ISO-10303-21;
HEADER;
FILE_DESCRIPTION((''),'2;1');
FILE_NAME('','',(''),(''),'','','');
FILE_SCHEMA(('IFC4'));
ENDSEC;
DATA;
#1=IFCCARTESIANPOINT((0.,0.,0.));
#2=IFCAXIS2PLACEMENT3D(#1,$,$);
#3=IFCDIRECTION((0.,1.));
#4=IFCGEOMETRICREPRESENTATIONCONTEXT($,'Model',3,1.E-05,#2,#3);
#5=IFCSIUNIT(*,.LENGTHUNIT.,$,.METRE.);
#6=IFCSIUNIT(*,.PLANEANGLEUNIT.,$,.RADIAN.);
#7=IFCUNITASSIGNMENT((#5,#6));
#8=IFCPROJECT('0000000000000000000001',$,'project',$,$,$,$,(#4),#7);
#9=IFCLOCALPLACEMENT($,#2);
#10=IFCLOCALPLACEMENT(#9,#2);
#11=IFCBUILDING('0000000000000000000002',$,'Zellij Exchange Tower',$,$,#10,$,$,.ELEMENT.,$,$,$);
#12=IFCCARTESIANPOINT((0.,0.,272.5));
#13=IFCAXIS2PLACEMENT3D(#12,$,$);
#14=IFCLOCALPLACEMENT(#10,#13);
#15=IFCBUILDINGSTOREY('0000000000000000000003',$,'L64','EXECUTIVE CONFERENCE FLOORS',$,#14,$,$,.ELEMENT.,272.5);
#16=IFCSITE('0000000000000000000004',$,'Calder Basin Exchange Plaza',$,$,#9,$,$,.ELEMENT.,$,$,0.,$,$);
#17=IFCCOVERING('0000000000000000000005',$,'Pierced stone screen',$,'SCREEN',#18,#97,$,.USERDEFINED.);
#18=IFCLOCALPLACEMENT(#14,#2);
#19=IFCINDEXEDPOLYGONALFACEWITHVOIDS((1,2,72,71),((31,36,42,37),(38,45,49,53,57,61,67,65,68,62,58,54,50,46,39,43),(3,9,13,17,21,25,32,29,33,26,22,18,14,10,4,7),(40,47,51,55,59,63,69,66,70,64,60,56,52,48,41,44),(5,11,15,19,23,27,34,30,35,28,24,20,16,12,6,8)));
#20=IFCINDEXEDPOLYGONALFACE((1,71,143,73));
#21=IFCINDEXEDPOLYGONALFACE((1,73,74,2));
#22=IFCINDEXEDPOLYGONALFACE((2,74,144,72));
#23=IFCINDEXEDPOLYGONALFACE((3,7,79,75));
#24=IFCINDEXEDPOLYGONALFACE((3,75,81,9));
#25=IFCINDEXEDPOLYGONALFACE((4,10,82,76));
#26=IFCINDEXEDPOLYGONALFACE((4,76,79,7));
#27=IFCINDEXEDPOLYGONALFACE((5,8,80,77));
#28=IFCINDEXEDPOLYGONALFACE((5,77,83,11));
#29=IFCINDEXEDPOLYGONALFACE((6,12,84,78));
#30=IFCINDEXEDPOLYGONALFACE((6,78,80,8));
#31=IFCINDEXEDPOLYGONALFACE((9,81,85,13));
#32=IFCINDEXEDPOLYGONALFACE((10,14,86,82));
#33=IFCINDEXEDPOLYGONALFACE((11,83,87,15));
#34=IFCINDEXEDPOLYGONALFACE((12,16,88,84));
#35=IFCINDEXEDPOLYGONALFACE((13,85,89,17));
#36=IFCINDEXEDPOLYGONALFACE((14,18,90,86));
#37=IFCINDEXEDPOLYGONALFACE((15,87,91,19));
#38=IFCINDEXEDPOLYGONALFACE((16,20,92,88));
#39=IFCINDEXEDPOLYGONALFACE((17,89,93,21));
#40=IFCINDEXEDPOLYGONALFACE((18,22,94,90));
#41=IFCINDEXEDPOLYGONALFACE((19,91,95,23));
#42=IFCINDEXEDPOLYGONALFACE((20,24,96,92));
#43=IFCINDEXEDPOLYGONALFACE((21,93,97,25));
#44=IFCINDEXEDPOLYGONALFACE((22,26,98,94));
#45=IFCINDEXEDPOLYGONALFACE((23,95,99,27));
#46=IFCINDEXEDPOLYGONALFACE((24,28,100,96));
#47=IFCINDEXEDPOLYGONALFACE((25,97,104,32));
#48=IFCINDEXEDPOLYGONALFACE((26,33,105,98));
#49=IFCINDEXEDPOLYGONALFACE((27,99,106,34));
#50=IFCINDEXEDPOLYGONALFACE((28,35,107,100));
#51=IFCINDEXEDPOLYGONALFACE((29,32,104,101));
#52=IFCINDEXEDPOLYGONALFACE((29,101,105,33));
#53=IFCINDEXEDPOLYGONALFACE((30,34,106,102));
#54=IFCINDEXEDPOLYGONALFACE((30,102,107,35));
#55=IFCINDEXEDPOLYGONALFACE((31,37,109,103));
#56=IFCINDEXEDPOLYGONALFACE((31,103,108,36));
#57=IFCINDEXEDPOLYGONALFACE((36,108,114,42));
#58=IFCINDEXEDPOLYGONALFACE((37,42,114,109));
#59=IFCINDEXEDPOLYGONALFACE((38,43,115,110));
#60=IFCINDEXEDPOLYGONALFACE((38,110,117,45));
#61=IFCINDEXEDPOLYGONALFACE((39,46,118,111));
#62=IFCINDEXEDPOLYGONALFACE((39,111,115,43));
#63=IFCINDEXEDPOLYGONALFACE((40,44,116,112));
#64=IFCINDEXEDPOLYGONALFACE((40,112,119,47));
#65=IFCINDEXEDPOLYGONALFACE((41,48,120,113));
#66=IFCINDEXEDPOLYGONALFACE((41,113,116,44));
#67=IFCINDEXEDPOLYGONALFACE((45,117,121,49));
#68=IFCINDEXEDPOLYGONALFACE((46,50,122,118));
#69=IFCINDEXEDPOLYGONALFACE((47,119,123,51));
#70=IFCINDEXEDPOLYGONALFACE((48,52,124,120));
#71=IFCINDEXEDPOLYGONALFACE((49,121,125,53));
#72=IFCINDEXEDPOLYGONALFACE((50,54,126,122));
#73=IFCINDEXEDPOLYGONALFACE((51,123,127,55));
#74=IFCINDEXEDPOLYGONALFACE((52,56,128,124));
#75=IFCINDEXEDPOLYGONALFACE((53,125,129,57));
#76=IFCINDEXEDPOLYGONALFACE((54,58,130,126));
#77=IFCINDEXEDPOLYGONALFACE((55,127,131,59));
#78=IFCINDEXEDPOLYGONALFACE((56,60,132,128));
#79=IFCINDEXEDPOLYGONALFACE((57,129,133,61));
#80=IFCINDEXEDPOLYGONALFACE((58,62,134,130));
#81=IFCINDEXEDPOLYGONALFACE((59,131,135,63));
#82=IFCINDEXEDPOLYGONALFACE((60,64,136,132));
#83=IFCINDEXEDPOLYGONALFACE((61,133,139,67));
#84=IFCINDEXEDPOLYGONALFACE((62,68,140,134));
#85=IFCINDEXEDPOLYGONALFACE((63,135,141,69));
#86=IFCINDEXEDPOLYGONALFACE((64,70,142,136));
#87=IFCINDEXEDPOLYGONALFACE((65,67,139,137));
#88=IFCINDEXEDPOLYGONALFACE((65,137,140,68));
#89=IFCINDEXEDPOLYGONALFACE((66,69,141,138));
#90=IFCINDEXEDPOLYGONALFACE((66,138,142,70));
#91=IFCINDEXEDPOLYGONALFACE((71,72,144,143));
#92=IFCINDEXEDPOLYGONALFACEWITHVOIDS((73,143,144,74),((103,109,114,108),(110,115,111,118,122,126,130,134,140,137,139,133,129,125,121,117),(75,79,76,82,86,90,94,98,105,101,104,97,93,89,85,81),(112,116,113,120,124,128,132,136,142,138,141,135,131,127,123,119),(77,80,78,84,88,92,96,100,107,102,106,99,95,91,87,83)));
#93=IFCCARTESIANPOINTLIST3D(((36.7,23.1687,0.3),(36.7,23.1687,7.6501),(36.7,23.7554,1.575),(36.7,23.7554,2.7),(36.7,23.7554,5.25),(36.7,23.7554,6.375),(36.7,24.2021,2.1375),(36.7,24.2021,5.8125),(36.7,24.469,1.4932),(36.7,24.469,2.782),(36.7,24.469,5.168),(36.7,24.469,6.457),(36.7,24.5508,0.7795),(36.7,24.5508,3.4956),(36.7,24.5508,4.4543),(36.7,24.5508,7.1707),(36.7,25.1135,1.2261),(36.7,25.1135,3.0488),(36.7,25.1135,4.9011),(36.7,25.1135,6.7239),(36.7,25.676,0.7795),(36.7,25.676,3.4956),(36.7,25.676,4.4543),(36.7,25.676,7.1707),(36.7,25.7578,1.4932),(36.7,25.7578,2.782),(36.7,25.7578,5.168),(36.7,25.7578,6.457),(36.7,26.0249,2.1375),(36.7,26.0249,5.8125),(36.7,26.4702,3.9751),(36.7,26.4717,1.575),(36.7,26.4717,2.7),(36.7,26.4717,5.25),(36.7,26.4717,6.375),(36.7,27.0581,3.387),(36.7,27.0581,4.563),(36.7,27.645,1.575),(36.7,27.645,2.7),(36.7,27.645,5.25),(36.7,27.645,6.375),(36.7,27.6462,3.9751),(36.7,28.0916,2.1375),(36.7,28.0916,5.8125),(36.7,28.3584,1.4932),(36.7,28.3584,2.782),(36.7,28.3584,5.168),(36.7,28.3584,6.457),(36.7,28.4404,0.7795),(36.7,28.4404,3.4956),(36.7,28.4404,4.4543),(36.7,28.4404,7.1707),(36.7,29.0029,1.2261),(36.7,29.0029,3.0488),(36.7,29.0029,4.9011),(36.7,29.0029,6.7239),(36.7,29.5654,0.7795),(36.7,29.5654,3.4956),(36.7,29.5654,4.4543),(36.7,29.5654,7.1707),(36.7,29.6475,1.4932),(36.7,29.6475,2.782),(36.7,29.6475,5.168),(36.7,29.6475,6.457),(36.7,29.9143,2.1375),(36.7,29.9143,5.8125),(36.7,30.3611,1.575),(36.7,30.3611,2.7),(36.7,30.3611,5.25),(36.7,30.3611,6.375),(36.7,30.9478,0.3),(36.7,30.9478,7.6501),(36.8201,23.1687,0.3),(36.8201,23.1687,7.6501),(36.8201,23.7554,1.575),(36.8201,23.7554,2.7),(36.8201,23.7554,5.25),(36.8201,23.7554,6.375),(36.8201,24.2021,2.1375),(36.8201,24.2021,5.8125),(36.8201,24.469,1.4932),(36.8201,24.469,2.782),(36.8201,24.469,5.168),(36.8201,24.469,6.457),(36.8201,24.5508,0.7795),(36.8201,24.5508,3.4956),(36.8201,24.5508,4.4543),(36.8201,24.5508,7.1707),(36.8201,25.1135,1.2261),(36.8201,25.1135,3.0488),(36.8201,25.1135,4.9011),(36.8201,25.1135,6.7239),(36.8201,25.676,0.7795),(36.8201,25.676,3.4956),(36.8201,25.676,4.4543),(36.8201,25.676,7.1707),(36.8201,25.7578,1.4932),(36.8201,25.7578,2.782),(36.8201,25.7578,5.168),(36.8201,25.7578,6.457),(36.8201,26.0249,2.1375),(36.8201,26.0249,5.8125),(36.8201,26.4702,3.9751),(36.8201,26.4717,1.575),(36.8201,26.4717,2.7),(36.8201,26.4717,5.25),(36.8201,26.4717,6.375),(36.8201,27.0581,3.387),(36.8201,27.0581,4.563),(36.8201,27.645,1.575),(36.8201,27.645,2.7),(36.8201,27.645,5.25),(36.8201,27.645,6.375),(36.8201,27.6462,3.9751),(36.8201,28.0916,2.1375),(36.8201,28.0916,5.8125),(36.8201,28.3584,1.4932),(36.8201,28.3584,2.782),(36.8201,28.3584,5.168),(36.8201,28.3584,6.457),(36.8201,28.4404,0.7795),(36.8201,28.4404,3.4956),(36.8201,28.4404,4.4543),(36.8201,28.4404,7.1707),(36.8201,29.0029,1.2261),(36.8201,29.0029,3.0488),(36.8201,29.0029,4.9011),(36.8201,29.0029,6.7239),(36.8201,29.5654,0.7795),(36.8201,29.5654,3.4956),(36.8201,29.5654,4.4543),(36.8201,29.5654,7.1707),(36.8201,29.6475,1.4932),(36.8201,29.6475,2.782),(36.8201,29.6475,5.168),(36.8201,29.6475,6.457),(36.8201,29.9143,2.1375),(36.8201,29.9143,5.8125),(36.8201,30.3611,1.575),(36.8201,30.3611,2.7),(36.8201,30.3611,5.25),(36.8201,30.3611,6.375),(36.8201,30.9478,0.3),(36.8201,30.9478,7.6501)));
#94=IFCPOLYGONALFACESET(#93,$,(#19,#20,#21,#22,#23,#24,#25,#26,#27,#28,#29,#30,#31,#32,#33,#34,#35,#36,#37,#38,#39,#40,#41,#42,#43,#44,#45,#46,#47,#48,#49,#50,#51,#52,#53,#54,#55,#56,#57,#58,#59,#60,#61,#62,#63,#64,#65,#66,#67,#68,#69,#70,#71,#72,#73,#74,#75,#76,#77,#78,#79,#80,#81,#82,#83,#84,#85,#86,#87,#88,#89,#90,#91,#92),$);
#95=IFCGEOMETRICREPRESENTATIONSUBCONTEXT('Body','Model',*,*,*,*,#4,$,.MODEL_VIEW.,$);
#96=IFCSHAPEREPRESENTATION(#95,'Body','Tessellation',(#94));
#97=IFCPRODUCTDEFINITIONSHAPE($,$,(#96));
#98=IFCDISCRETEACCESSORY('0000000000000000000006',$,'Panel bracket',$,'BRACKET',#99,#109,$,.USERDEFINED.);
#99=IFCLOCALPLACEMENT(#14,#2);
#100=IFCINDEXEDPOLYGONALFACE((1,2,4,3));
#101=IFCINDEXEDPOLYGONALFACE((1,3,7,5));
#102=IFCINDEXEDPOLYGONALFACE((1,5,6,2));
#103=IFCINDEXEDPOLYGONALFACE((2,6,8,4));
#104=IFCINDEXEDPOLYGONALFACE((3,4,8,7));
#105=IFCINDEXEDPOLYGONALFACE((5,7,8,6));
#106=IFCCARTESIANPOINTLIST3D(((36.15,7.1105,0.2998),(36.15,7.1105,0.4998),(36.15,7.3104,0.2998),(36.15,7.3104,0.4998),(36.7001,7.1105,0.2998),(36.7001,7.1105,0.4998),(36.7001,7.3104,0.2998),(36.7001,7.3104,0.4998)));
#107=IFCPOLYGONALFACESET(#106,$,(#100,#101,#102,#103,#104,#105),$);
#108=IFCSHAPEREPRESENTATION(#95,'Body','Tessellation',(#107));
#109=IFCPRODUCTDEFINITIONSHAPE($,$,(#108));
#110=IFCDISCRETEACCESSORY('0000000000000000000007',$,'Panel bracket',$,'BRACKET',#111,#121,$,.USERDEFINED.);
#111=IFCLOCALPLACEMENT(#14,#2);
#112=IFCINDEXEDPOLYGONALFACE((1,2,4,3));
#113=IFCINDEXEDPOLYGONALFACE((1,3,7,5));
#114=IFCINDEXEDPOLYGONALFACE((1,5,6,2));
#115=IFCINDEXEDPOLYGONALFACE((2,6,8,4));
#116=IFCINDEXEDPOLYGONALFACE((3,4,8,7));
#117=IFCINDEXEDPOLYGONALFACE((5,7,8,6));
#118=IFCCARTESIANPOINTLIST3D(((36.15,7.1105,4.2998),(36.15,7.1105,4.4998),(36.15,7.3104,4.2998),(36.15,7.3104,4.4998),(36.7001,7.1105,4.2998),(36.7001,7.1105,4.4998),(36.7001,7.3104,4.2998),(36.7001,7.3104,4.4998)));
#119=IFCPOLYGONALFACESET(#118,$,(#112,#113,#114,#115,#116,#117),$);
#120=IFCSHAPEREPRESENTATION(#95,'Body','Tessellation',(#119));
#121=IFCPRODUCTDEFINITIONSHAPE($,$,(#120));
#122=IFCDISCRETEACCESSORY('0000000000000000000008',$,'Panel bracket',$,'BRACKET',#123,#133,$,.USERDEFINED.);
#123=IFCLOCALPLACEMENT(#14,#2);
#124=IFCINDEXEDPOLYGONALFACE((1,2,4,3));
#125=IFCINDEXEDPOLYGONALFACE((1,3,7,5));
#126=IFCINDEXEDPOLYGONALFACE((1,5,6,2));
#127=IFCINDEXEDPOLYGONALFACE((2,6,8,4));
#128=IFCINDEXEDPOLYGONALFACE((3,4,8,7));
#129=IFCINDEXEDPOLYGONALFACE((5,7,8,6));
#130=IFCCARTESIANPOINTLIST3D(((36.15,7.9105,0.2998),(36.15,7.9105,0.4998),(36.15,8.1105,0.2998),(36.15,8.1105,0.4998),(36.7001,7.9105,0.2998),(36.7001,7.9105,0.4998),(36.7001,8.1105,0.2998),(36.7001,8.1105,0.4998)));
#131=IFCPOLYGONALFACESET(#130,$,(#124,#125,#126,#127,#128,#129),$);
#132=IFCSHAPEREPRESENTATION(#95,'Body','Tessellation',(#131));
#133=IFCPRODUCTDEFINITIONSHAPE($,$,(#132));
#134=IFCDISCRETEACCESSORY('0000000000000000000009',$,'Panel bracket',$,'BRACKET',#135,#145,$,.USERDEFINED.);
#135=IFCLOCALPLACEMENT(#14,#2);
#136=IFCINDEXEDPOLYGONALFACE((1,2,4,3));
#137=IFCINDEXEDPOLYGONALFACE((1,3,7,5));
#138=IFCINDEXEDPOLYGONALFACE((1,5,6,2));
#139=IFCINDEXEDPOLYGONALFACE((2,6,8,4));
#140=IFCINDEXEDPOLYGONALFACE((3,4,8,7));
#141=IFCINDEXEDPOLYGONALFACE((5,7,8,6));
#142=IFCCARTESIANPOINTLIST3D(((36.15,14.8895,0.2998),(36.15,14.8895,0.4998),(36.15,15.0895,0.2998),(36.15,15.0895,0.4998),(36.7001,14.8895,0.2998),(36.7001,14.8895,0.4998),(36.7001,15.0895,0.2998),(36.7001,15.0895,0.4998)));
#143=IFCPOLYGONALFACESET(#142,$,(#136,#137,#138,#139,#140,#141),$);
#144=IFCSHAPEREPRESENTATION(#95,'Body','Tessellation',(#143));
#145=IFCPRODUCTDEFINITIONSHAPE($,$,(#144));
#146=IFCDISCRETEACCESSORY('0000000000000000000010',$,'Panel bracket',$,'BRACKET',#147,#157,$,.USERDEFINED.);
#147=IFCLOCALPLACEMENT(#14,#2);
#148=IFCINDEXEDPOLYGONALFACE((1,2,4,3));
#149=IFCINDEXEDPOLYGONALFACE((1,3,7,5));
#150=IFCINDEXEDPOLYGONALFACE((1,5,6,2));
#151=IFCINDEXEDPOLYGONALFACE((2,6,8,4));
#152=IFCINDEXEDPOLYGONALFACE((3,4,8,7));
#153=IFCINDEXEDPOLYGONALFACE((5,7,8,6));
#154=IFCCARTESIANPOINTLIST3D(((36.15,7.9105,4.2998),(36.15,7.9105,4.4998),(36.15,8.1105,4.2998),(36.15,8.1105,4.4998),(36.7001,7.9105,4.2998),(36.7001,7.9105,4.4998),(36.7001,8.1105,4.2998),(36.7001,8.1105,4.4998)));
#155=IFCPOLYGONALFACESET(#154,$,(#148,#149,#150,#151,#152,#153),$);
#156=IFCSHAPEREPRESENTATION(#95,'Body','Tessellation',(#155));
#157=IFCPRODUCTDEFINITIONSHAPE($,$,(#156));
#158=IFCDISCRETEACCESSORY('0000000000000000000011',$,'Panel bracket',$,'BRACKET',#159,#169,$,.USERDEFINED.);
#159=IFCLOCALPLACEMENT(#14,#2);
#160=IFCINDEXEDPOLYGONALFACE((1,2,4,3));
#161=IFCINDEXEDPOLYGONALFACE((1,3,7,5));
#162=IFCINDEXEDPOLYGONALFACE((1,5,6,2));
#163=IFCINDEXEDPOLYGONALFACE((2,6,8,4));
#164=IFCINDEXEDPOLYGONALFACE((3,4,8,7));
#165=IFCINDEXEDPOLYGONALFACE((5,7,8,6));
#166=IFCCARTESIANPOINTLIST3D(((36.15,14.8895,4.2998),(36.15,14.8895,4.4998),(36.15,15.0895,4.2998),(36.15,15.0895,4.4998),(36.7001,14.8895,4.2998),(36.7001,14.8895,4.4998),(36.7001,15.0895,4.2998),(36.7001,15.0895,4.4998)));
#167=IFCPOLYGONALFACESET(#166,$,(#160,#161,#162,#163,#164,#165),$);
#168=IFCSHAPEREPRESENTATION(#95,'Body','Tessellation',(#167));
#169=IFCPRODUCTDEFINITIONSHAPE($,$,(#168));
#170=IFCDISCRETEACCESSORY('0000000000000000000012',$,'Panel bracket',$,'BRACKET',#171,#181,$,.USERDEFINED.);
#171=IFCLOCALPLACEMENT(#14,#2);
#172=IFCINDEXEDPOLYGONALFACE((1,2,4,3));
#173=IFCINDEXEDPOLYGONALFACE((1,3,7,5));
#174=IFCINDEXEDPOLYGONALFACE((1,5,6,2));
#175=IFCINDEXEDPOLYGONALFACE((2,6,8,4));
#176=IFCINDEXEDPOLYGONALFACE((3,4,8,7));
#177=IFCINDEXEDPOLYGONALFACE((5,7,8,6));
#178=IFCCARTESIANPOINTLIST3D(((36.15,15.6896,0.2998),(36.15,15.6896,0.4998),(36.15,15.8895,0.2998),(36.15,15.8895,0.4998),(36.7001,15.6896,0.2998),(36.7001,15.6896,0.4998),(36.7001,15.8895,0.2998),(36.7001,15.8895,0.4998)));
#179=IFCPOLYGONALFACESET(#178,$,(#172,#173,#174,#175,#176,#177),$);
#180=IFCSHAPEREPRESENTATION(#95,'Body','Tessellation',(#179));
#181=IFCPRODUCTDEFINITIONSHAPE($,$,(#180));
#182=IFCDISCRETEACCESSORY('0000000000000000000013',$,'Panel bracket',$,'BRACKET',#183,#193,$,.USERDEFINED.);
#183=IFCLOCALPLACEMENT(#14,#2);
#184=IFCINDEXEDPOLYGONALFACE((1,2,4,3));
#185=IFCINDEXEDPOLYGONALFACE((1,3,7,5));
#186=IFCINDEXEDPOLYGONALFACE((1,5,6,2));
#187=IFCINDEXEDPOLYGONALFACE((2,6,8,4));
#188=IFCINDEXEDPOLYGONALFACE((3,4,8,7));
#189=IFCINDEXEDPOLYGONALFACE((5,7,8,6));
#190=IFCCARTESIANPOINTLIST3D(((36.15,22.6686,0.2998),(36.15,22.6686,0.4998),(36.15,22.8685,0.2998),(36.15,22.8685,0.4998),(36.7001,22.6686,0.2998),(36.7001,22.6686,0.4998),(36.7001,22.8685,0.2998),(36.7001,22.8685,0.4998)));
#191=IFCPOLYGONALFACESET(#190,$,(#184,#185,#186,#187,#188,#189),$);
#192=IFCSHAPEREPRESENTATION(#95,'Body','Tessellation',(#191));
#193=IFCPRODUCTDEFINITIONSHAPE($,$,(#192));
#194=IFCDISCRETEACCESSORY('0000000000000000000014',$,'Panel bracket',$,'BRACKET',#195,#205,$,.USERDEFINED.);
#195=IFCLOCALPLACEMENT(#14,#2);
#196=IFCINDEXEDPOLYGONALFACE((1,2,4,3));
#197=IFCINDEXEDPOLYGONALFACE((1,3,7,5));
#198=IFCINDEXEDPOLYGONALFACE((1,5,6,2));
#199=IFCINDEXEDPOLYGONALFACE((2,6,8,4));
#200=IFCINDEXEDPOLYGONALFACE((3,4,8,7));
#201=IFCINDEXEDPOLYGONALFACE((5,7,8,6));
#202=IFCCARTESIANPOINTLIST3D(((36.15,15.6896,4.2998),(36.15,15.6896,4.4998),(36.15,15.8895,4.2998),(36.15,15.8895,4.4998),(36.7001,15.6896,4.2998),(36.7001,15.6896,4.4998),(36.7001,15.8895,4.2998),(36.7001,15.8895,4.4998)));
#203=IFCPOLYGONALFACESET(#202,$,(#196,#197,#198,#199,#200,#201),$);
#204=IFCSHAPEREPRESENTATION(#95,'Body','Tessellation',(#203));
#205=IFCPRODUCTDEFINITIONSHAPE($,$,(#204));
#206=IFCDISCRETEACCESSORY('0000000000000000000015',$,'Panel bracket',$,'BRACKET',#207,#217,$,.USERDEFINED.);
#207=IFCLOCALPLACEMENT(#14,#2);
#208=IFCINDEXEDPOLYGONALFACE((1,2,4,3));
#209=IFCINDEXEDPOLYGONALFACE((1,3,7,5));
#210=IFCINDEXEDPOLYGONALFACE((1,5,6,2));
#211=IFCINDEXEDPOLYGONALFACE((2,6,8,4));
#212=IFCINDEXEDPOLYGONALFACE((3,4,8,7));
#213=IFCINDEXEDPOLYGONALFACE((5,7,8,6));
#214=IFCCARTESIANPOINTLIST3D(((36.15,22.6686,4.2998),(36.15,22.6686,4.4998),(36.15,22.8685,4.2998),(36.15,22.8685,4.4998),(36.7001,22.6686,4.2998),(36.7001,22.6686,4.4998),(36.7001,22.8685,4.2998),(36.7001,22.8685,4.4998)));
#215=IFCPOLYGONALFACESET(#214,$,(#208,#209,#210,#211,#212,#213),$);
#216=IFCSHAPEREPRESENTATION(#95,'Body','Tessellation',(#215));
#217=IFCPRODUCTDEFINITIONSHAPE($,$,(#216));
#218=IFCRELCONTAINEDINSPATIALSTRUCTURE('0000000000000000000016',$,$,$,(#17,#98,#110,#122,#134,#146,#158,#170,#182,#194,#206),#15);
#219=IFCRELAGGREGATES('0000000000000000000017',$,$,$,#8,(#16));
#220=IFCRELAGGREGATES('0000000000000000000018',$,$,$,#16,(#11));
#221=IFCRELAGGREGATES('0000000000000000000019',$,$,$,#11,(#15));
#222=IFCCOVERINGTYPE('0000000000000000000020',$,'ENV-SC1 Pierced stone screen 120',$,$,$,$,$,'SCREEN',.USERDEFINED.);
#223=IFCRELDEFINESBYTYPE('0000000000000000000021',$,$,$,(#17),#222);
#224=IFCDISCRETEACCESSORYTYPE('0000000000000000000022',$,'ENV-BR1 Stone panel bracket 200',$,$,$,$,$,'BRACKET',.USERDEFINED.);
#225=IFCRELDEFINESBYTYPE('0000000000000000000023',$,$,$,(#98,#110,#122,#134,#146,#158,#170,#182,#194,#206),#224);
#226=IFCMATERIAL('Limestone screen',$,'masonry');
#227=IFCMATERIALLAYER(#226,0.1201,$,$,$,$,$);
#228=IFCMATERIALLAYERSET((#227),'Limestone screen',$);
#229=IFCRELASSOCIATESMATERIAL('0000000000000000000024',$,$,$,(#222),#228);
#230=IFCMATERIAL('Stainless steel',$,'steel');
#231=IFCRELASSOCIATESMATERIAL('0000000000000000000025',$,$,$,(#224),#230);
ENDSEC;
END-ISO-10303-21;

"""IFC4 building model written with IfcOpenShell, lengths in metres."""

from ifc_helpers import new_model, si_unit, direction, frame, origin, origin_2d, place, context, subcontext, project, spatial, polyline, rectangle, outline, extrude, material, layer, layer_set, type_object, element, save


model = new_model("IFC4")

# Units and contexts
model_context = context("Model", 3, precision=1e-05, world=origin(), true_north=direction((0.0, 1.0)))
body_context = subcontext(model_context, "Body", "Model", "MODEL_VIEW")
ifc_project = project(units=[si_unit("LENGTHUNIT", "METRE"), si_unit("PLANEANGLEUNIT", "RADIAN")], contexts=[model_context])

# Site, building, storey
site_placement = place(None, origin())
site = spatial("IfcSite", under=ifc_project, at=site_placement, Name="Calder Basin Exchange Plaza", CompositionType="ELEMENT", RefElevation=0.0)
building_placement = place(site_placement, origin())
building = spatial("IfcBuilding", under=site, at=building_placement, Name="Zellij Exchange Tower", CompositionType="ELEMENT")
storey_placement = place(building_placement, frame((0.0, 0.0, 272.5)))
storey = spatial("IfcBuildingStorey", under=building, at=storey_placement, Name="L64", Description="EXECUTIVE CONFERENCE FLOORS", CompositionType="ELEMENT", Elevation=272.5)

# Covering
ifc_material_1 = material(Name="Limestone screen", Category="masonry")
ifc_layer_1 = layer(ifc_material_1, 0.1201)
ifc_layer_set_1 = layer_set([ifc_layer_1], Name="Limestone screen")
covering_type = type_object("IfcCoveringType", Name="ENV-SC1 Pierced stone screen 120", ElementType="SCREEN", PredefinedType="USERDEFINED", material=ifc_layer_set_1)
covering_1_placement = place(storey_placement, frame((36.76, 23.1687, 0.3), z_axis=(0.0, 0.0, 1.0), x_axis=(0.0, 1.0, 0.0)))
element("IfcCovering", 1, at=covering_1_placement, inside=storey, type_object=covering_type, Name="Pierced stone screen", ObjectType="SCREEN", PredefinedType="USERDEFINED", context=body_context, shape_type="SweptSolid", body=[
    extrude(outline(polyline([(0.0, 0.0), (7.7791, 0.0), (7.7791, 7.3501), (0.0, 7.3501), (0.0, 0.0)]), holes=[polyline([(3.303, 2.3999), (2.5891, 2.4819), (2.5073, 3.1956), (1.9448, 2.7488), (1.3821, 3.1956), (1.3003, 2.4819), (0.5867, 2.3999), (1.0334, 1.8374), (0.5867, 1.2749), (1.3003, 1.1931), (1.3821, 0.4795), (1.9448, 0.926), (2.5073, 0.4795), (2.5891, 1.1931), (3.303, 1.2749), (2.8562, 1.8374), (3.303, 2.3999)]), polyline([(3.303, 6.075), (2.5891, 6.157), (2.5073, 6.8706), (1.9448, 6.4238), (1.3821, 6.8706), (1.3003, 6.157), (0.5867, 6.075), (1.0334, 5.5125), (0.5867, 4.95), (1.3003, 4.8679), (1.3821, 4.1543), (1.9448, 4.6011), (2.5073, 4.1543), (2.5891, 4.8679), (3.303, 4.95), (2.8562, 5.5125), (3.303, 6.075)]), polyline([(7.1924, 2.3999), (6.4788, 2.4819), (6.3967, 3.1956), (5.8342, 2.7488), (5.2717, 3.1956), (5.1897, 2.4819), (4.4763, 2.3999), (4.9229, 1.8374), (4.4763, 1.2749), (5.1897, 1.1931), (5.2717, 0.4795), (5.8342, 0.926), (6.3967, 0.4795), (6.4788, 1.1931), (7.1924, 1.2749), (6.7456, 1.8374), (7.1924, 2.3999)]), polyline([(7.1924, 6.075), (6.4788, 6.157), (6.3967, 6.8706), (5.8342, 6.4238), (5.2717, 6.8706), (5.1897, 6.157), (4.4763, 6.075), (4.9229, 5.5125), (4.4763, 4.95), (5.1897, 4.8679), (5.2717, 4.1543), (5.8342, 4.6011), (6.3967, 4.1543), (6.4788, 4.8679), (7.1924, 4.95), (6.7456, 5.5125), (7.1924, 6.075)]), polyline([(4.4775, 3.675), (3.8894, 4.2629), (3.3015, 3.675), (3.8894, 3.0869), (4.4775, 3.675)])]), frame((0.0, 0.0601, 0.0), z_axis=(0.0, -1.0, 0.0), x_axis=(1.0, 0.0, 0.0)), (0.0, 0.0, 1.0), 0.1201),
])

# Discrete accessories
ifc_material_2 = material(Name="Stainless steel", Category="steel")
discrete_accessory_type = type_object("IfcDiscreteAccessoryType", Name="ENV-BR1 Stone panel bracket 200", ElementType="BRACKET", PredefinedType="USERDEFINED", material=ifc_material_2)
for number, where, z_axis, x_axis, name in (
    (2, (36.425, 7.2104, 0.2998), (0.0, 0.0, 1.0), (0.0, 1.0, 0.0), "Panel bracket"),
    (3, (36.425, 7.2104, 4.2998), (0.0, 0.0, 1.0), (0.0, 1.0, 0.0), "Panel bracket"),
    (4, (36.425, 8.0105, 0.2998), (0.0, 0.0, 1.0), (0.0, 1.0, 0.0), "Panel bracket"),
    (5, (36.425, 14.9895, 0.2998), (0.0, 0.0, 1.0), (0.0, 1.0, 0.0), "Panel bracket"),
    (6, (36.425, 8.0105, 4.2998), (0.0, 0.0, 1.0), (0.0, 1.0, 0.0), "Panel bracket"),
    (7, (36.425, 14.9895, 4.2998), (0.0, 0.0, 1.0), (0.0, 1.0, 0.0), "Panel bracket"),
    (8, (36.425, 15.7896, 0.2998), (0.0, 0.0, 1.0), (0.0, 1.0, 0.0), "Panel bracket"),
    (9, (36.425, 22.7686, 0.2998), (0.0, 0.0, 1.0), (0.0, 1.0, 0.0), "Panel bracket"),
    (10, (36.425, 15.7896, 4.2998), (0.0, 0.0, 1.0), (0.0, 1.0, 0.0), "Panel bracket"),
    (11, (36.425, 22.7686, 4.2998), (0.0, 0.0, 1.0), (0.0, 1.0, 0.0), "Panel bracket"),
):
    element("IfcDiscreteAccessory", number, at=place(storey_placement, frame(where, z_axis=z_axis, x_axis=x_axis)), inside=storey, type_object=discrete_accessory_type, Name=name, ObjectType="BRACKET", PredefinedType="USERDEFINED", context=body_context, shape_type="SweptSolid", body=[
        extrude(rectangle(XDim=0.2, YDim=0.55, at=origin_2d()), origin(), (0.0, 0.0, 1.0), 0.2),
    ])

save(model, "model.ifc")
